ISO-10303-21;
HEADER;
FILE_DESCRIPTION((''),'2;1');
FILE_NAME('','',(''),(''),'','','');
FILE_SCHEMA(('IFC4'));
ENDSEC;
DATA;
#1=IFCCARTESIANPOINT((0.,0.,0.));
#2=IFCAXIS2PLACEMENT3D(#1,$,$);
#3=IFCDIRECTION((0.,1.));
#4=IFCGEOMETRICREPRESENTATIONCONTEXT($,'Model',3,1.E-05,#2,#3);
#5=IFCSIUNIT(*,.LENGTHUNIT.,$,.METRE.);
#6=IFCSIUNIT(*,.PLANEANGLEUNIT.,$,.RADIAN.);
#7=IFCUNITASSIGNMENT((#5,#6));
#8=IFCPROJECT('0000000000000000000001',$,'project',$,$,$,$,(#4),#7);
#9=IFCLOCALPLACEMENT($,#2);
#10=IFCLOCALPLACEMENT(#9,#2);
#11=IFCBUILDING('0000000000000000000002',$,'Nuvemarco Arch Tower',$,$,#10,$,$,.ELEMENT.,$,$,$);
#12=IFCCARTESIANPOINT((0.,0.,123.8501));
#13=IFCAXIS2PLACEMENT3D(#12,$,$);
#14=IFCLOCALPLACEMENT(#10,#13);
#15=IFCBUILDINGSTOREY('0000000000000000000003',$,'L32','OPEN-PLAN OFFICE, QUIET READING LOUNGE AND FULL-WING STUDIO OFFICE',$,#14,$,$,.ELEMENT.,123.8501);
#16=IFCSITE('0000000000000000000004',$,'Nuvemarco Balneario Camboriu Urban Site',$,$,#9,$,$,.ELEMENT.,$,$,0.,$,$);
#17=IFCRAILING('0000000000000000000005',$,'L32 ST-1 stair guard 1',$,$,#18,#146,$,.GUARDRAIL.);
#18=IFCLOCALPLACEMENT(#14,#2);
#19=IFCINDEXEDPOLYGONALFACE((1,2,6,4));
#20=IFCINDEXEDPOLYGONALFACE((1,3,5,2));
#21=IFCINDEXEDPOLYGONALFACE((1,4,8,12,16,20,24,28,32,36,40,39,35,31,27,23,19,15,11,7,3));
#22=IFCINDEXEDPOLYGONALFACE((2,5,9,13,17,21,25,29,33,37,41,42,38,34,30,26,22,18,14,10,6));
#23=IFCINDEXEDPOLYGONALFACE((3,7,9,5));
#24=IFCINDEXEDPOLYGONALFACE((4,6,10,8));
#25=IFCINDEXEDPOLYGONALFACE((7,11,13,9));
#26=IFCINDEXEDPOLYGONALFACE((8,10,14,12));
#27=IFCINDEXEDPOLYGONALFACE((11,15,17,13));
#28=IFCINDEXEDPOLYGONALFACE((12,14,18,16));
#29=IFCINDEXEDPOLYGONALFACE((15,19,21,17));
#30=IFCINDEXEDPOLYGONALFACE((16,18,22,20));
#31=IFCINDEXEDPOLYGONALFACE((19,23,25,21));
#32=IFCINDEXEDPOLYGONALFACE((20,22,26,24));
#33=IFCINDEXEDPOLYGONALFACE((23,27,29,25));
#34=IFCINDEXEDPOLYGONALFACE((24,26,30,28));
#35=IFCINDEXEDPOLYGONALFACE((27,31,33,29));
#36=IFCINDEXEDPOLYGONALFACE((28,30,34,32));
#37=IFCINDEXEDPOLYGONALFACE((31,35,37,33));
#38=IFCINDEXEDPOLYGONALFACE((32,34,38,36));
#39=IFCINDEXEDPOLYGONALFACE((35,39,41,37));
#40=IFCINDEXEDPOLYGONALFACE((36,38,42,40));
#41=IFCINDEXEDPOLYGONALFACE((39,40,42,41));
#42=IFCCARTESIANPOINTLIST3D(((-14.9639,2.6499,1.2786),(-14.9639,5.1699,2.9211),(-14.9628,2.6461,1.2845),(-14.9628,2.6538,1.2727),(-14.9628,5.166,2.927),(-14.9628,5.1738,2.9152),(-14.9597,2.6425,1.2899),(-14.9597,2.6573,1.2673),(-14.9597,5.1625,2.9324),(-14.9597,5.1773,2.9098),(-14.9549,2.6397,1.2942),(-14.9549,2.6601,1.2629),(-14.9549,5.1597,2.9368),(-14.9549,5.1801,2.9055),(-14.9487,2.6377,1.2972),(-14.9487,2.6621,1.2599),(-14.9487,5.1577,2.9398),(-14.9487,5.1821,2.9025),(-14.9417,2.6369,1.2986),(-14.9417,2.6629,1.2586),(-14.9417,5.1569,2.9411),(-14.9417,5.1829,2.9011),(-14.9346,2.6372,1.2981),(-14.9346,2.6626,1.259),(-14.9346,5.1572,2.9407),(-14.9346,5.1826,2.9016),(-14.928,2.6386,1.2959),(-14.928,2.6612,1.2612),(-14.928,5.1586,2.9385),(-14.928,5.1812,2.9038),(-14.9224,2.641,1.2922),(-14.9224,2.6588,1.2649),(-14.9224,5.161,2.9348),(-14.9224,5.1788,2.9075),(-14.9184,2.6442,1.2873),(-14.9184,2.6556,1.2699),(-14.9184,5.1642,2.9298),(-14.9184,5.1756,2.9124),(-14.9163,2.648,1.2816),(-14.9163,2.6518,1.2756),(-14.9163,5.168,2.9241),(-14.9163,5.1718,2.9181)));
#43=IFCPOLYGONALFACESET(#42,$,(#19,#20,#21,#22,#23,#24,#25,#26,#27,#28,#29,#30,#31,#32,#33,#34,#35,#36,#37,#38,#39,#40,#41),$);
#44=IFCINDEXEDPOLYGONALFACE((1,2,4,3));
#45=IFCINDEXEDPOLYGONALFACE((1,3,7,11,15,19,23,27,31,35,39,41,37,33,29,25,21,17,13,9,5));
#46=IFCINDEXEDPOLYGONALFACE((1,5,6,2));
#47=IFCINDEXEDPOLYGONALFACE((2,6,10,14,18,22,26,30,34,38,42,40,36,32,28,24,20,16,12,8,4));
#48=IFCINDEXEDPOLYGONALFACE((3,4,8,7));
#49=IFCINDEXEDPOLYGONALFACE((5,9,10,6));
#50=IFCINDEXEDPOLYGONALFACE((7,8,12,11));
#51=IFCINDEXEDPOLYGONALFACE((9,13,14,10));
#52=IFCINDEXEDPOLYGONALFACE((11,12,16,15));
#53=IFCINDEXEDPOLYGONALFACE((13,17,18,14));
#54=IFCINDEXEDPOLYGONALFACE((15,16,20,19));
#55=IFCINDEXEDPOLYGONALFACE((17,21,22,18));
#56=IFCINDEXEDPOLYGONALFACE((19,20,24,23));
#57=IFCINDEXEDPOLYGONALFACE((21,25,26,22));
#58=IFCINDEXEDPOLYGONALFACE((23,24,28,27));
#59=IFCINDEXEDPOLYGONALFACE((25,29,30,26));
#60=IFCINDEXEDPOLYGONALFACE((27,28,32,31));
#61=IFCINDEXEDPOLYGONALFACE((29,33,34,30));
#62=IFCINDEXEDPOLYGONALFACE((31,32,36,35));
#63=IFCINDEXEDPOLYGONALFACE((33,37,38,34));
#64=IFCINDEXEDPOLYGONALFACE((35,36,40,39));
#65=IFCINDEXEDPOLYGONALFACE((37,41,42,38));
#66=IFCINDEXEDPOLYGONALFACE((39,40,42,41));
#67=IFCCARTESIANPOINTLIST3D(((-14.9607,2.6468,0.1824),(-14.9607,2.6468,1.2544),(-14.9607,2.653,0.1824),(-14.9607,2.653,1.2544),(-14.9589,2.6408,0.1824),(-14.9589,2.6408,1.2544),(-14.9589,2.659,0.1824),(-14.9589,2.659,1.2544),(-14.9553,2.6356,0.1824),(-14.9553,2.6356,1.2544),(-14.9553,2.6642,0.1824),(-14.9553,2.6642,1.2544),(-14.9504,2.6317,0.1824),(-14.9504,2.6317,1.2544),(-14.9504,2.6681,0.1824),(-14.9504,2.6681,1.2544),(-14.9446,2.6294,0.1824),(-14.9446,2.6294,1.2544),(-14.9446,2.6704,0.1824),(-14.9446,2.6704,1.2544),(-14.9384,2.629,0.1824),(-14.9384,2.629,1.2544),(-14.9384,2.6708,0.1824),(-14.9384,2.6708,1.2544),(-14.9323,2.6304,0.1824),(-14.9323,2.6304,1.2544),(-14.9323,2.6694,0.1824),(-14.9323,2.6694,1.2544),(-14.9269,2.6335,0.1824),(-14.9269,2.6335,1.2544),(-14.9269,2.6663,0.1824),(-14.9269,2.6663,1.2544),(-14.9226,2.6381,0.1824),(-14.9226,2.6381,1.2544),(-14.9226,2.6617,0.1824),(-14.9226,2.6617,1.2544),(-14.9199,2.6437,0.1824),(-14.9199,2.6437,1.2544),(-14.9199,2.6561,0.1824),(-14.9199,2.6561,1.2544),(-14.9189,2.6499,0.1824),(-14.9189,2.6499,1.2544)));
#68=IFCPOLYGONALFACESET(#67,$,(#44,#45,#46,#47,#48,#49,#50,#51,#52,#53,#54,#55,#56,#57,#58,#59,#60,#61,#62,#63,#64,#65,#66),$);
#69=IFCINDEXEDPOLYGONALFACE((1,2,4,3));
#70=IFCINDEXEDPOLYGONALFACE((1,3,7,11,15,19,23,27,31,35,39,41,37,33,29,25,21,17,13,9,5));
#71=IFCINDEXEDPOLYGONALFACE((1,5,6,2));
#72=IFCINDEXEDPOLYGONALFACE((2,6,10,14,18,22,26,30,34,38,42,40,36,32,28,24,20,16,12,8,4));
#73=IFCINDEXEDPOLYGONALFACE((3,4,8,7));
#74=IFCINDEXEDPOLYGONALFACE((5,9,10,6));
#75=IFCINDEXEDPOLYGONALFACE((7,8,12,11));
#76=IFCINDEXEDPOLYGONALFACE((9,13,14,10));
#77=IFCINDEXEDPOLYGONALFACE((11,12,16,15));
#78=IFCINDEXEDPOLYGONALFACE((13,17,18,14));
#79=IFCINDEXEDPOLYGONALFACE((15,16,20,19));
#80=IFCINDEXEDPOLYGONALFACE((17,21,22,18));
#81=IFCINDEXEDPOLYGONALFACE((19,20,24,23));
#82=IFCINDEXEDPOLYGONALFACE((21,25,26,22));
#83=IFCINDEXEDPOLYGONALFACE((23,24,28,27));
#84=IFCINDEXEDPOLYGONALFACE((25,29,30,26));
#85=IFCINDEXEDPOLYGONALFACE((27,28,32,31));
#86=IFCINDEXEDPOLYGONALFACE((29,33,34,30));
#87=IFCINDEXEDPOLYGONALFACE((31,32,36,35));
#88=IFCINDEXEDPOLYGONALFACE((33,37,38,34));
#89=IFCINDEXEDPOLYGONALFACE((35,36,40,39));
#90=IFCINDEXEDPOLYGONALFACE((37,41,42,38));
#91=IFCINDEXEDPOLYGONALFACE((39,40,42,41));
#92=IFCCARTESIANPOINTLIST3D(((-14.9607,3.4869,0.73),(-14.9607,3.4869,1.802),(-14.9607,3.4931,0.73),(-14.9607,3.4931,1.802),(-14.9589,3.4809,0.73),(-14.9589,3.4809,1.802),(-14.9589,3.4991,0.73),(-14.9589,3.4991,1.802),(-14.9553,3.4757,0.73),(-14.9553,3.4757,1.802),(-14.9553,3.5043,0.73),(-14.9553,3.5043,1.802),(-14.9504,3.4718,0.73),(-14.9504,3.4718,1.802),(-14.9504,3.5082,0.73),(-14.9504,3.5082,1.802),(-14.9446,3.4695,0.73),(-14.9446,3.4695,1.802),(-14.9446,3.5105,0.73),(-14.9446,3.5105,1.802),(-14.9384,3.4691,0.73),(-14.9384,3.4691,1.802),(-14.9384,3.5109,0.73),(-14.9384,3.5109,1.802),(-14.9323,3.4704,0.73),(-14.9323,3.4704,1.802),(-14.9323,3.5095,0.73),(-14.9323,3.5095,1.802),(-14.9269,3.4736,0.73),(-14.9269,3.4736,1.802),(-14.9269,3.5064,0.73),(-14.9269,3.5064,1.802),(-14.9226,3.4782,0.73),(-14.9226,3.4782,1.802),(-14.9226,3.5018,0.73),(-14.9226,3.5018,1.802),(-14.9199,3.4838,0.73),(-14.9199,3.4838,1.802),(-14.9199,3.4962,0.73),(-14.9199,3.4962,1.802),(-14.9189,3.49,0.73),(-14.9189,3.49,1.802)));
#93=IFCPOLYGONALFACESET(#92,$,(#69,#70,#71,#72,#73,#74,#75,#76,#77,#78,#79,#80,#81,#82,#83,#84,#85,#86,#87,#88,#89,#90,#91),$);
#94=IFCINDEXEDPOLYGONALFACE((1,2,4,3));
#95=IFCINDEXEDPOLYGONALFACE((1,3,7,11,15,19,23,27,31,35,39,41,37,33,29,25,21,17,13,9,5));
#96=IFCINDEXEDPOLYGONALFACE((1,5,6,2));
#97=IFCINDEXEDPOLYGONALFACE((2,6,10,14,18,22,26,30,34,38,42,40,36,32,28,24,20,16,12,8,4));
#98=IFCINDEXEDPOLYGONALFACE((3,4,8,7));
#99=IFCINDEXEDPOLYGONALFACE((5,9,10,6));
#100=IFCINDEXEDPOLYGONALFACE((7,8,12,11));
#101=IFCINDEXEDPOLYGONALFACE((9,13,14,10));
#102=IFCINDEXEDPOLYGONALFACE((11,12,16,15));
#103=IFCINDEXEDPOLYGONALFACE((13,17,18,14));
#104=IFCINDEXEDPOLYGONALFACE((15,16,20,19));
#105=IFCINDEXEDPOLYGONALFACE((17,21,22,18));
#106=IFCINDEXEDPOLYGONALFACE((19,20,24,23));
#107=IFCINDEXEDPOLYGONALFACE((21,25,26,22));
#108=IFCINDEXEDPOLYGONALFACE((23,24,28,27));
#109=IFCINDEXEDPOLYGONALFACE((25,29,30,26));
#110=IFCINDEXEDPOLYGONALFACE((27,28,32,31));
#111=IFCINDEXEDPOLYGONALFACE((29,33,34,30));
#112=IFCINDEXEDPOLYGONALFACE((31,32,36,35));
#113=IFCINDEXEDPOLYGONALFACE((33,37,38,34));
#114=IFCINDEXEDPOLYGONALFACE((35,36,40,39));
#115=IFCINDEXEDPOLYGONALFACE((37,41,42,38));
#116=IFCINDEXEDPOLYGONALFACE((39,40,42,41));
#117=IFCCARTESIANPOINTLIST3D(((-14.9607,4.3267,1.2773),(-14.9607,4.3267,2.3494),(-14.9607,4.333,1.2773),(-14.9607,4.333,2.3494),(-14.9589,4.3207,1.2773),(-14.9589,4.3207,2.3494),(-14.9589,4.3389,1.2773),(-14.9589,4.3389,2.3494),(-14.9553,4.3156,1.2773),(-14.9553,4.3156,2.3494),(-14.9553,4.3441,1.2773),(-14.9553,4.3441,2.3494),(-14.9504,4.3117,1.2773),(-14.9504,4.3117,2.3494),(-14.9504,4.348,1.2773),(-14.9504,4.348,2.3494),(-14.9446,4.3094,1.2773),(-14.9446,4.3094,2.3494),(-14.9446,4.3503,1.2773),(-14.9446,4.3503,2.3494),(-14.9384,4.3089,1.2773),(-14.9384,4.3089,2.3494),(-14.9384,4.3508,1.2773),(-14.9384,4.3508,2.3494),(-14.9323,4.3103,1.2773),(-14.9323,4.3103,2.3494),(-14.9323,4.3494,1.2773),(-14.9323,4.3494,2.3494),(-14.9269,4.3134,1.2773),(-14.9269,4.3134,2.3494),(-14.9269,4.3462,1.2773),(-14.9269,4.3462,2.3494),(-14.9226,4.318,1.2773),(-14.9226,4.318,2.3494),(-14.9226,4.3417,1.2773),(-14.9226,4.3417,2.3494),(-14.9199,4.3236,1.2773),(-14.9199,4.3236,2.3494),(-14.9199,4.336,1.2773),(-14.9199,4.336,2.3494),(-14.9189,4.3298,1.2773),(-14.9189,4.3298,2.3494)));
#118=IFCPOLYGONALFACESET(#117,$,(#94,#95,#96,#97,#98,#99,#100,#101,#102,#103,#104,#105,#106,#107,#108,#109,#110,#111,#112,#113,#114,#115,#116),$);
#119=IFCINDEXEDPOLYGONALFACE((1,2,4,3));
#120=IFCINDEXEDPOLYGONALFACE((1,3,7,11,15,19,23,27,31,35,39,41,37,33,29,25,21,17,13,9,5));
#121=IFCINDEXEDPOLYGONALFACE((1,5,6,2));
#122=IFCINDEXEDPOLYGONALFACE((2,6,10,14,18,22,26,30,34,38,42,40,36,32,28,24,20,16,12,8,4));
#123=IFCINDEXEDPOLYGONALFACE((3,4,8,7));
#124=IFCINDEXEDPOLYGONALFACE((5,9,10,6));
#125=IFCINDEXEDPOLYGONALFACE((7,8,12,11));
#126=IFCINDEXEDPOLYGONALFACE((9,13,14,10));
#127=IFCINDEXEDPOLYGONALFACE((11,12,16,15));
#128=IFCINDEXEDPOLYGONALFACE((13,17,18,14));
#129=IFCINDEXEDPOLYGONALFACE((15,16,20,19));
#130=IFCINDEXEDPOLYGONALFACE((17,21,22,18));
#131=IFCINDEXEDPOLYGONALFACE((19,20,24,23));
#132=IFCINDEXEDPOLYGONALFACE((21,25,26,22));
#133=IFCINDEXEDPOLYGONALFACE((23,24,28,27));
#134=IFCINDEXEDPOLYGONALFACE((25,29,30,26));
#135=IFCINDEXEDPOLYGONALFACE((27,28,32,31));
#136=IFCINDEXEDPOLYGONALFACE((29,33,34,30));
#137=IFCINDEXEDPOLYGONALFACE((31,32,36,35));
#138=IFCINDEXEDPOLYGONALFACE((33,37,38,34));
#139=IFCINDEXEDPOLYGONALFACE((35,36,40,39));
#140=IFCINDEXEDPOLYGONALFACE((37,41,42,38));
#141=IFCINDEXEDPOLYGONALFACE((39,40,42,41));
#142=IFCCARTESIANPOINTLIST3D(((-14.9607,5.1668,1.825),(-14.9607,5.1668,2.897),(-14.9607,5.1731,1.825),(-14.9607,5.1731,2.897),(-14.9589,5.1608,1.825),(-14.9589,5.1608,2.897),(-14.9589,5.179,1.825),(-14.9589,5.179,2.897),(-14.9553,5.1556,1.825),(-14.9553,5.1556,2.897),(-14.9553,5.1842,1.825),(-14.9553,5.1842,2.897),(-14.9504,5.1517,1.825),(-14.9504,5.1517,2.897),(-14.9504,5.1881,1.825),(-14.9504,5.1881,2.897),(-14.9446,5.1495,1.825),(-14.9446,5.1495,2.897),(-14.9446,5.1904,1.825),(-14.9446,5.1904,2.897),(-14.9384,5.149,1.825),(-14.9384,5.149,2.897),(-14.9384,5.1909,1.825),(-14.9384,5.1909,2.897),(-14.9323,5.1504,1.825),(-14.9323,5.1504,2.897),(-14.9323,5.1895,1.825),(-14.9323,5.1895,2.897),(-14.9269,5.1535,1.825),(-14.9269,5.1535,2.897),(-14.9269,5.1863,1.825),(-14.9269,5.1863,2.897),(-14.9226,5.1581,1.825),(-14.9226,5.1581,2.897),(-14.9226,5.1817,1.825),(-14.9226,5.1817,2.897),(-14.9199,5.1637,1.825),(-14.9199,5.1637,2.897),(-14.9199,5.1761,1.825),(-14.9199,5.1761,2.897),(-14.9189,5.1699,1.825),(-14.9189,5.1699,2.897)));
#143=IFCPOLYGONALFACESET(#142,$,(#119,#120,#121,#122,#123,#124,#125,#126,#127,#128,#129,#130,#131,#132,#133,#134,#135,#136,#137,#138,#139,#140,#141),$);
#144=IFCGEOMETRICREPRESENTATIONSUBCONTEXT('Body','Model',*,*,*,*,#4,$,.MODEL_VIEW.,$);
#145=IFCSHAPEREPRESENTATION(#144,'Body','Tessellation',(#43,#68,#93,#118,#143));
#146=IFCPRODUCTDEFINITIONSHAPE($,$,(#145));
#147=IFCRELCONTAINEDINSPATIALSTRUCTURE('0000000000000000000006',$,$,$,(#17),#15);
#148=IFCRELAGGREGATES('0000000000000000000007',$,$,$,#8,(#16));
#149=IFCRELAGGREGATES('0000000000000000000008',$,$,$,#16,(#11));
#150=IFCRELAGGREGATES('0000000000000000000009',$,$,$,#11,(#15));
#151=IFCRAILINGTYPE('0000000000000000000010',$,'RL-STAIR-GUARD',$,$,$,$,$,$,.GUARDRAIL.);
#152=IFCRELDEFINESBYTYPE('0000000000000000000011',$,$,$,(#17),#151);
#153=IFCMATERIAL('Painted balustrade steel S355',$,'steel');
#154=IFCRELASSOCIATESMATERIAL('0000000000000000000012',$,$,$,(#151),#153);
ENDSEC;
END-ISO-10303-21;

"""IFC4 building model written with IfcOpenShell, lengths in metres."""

from ifc_helpers import new_model, si_unit, direction, frame, origin, origin_2d, place, context, subcontext, project, spatial, circle, extrude, material, type_object, element, save


model = new_model("IFC4")

# Units and contexts
model_context = context("Model", 3, precision=1e-05, world=origin(), true_north=direction((0.0, 1.0)))
body_context = subcontext(model_context, "Body", "Model", "MODEL_VIEW")
ifc_project = project(units=[si_unit("LENGTHUNIT", "METRE"), si_unit("PLANEANGLEUNIT", "RADIAN")], contexts=[model_context])

# Site, building, storey
site_placement = place(None, origin())
site = spatial("IfcSite", under=ifc_project, at=site_placement, Name="Nuvemarco Balneario Camboriu Urban Site", CompositionType="ELEMENT", RefElevation=0.0)
building_placement = place(site_placement, origin())
building = spatial("IfcBuilding", under=site, at=building_placement, Name="Nuvemarco Arch Tower", CompositionType="ELEMENT")
storey_placement = place(building_placement, frame((0.0, 0.0, 123.8501)))
storey = spatial("IfcBuildingStorey", under=building, at=storey_placement, Name="L32", Description="OPEN-PLAN OFFICE, QUIET READING LOUNGE AND FULL-WING STUDIO OFFICE", CompositionType="ELEMENT", Elevation=123.8501)

# Railing
ifc_material_1 = material(Name="Painted balustrade steel S355", Category="steel")
railing_type_1 = type_object("IfcRailingType", Name="RL-STAIR-GUARD", PredefinedType="GUARDRAIL", material=ifc_material_1)
railing_1_placement = place(storey_placement, frame((-14.9399, 2.6499, 0.1824)))
element("IfcRailing", 1, at=railing_1_placement, inside=storey, type_object=railing_type_1, Name="L32 ST-1 stair guard 1", PredefinedType="GUARDRAIL", context=body_context, shape_type="SweptSolid", body=[
    extrude(circle(Radius=0.0239, at=origin_2d()), frame((0.0, 0.0, 1.0962), z_axis=(0.0, 0.837749, 0.546055), x_axis=(-1.0, 0.0, 0.0)), (0.0, 0.0, 1.0), 3.0081),
    extrude(circle(Radius=0.021, at=origin_2d()), origin(), (0.0, 0.0, 1.0), 1.072),
    extrude(circle(Radius=0.021, at=origin_2d()), frame((0.0, 0.8401, 0.5476)), (0.0, 0.0, 1.0), 1.072),
    extrude(circle(Radius=0.021, at=origin_2d()), frame((0.0, 1.6799, 1.095)), (0.0, 0.0, 1.0), 1.072),
    extrude(circle(Radius=0.021, at=origin_2d()), frame((0.0, 2.52, 1.6426)), (0.0, 0.0, 1.0), 1.072),
])

save(model, "model.ifc")
